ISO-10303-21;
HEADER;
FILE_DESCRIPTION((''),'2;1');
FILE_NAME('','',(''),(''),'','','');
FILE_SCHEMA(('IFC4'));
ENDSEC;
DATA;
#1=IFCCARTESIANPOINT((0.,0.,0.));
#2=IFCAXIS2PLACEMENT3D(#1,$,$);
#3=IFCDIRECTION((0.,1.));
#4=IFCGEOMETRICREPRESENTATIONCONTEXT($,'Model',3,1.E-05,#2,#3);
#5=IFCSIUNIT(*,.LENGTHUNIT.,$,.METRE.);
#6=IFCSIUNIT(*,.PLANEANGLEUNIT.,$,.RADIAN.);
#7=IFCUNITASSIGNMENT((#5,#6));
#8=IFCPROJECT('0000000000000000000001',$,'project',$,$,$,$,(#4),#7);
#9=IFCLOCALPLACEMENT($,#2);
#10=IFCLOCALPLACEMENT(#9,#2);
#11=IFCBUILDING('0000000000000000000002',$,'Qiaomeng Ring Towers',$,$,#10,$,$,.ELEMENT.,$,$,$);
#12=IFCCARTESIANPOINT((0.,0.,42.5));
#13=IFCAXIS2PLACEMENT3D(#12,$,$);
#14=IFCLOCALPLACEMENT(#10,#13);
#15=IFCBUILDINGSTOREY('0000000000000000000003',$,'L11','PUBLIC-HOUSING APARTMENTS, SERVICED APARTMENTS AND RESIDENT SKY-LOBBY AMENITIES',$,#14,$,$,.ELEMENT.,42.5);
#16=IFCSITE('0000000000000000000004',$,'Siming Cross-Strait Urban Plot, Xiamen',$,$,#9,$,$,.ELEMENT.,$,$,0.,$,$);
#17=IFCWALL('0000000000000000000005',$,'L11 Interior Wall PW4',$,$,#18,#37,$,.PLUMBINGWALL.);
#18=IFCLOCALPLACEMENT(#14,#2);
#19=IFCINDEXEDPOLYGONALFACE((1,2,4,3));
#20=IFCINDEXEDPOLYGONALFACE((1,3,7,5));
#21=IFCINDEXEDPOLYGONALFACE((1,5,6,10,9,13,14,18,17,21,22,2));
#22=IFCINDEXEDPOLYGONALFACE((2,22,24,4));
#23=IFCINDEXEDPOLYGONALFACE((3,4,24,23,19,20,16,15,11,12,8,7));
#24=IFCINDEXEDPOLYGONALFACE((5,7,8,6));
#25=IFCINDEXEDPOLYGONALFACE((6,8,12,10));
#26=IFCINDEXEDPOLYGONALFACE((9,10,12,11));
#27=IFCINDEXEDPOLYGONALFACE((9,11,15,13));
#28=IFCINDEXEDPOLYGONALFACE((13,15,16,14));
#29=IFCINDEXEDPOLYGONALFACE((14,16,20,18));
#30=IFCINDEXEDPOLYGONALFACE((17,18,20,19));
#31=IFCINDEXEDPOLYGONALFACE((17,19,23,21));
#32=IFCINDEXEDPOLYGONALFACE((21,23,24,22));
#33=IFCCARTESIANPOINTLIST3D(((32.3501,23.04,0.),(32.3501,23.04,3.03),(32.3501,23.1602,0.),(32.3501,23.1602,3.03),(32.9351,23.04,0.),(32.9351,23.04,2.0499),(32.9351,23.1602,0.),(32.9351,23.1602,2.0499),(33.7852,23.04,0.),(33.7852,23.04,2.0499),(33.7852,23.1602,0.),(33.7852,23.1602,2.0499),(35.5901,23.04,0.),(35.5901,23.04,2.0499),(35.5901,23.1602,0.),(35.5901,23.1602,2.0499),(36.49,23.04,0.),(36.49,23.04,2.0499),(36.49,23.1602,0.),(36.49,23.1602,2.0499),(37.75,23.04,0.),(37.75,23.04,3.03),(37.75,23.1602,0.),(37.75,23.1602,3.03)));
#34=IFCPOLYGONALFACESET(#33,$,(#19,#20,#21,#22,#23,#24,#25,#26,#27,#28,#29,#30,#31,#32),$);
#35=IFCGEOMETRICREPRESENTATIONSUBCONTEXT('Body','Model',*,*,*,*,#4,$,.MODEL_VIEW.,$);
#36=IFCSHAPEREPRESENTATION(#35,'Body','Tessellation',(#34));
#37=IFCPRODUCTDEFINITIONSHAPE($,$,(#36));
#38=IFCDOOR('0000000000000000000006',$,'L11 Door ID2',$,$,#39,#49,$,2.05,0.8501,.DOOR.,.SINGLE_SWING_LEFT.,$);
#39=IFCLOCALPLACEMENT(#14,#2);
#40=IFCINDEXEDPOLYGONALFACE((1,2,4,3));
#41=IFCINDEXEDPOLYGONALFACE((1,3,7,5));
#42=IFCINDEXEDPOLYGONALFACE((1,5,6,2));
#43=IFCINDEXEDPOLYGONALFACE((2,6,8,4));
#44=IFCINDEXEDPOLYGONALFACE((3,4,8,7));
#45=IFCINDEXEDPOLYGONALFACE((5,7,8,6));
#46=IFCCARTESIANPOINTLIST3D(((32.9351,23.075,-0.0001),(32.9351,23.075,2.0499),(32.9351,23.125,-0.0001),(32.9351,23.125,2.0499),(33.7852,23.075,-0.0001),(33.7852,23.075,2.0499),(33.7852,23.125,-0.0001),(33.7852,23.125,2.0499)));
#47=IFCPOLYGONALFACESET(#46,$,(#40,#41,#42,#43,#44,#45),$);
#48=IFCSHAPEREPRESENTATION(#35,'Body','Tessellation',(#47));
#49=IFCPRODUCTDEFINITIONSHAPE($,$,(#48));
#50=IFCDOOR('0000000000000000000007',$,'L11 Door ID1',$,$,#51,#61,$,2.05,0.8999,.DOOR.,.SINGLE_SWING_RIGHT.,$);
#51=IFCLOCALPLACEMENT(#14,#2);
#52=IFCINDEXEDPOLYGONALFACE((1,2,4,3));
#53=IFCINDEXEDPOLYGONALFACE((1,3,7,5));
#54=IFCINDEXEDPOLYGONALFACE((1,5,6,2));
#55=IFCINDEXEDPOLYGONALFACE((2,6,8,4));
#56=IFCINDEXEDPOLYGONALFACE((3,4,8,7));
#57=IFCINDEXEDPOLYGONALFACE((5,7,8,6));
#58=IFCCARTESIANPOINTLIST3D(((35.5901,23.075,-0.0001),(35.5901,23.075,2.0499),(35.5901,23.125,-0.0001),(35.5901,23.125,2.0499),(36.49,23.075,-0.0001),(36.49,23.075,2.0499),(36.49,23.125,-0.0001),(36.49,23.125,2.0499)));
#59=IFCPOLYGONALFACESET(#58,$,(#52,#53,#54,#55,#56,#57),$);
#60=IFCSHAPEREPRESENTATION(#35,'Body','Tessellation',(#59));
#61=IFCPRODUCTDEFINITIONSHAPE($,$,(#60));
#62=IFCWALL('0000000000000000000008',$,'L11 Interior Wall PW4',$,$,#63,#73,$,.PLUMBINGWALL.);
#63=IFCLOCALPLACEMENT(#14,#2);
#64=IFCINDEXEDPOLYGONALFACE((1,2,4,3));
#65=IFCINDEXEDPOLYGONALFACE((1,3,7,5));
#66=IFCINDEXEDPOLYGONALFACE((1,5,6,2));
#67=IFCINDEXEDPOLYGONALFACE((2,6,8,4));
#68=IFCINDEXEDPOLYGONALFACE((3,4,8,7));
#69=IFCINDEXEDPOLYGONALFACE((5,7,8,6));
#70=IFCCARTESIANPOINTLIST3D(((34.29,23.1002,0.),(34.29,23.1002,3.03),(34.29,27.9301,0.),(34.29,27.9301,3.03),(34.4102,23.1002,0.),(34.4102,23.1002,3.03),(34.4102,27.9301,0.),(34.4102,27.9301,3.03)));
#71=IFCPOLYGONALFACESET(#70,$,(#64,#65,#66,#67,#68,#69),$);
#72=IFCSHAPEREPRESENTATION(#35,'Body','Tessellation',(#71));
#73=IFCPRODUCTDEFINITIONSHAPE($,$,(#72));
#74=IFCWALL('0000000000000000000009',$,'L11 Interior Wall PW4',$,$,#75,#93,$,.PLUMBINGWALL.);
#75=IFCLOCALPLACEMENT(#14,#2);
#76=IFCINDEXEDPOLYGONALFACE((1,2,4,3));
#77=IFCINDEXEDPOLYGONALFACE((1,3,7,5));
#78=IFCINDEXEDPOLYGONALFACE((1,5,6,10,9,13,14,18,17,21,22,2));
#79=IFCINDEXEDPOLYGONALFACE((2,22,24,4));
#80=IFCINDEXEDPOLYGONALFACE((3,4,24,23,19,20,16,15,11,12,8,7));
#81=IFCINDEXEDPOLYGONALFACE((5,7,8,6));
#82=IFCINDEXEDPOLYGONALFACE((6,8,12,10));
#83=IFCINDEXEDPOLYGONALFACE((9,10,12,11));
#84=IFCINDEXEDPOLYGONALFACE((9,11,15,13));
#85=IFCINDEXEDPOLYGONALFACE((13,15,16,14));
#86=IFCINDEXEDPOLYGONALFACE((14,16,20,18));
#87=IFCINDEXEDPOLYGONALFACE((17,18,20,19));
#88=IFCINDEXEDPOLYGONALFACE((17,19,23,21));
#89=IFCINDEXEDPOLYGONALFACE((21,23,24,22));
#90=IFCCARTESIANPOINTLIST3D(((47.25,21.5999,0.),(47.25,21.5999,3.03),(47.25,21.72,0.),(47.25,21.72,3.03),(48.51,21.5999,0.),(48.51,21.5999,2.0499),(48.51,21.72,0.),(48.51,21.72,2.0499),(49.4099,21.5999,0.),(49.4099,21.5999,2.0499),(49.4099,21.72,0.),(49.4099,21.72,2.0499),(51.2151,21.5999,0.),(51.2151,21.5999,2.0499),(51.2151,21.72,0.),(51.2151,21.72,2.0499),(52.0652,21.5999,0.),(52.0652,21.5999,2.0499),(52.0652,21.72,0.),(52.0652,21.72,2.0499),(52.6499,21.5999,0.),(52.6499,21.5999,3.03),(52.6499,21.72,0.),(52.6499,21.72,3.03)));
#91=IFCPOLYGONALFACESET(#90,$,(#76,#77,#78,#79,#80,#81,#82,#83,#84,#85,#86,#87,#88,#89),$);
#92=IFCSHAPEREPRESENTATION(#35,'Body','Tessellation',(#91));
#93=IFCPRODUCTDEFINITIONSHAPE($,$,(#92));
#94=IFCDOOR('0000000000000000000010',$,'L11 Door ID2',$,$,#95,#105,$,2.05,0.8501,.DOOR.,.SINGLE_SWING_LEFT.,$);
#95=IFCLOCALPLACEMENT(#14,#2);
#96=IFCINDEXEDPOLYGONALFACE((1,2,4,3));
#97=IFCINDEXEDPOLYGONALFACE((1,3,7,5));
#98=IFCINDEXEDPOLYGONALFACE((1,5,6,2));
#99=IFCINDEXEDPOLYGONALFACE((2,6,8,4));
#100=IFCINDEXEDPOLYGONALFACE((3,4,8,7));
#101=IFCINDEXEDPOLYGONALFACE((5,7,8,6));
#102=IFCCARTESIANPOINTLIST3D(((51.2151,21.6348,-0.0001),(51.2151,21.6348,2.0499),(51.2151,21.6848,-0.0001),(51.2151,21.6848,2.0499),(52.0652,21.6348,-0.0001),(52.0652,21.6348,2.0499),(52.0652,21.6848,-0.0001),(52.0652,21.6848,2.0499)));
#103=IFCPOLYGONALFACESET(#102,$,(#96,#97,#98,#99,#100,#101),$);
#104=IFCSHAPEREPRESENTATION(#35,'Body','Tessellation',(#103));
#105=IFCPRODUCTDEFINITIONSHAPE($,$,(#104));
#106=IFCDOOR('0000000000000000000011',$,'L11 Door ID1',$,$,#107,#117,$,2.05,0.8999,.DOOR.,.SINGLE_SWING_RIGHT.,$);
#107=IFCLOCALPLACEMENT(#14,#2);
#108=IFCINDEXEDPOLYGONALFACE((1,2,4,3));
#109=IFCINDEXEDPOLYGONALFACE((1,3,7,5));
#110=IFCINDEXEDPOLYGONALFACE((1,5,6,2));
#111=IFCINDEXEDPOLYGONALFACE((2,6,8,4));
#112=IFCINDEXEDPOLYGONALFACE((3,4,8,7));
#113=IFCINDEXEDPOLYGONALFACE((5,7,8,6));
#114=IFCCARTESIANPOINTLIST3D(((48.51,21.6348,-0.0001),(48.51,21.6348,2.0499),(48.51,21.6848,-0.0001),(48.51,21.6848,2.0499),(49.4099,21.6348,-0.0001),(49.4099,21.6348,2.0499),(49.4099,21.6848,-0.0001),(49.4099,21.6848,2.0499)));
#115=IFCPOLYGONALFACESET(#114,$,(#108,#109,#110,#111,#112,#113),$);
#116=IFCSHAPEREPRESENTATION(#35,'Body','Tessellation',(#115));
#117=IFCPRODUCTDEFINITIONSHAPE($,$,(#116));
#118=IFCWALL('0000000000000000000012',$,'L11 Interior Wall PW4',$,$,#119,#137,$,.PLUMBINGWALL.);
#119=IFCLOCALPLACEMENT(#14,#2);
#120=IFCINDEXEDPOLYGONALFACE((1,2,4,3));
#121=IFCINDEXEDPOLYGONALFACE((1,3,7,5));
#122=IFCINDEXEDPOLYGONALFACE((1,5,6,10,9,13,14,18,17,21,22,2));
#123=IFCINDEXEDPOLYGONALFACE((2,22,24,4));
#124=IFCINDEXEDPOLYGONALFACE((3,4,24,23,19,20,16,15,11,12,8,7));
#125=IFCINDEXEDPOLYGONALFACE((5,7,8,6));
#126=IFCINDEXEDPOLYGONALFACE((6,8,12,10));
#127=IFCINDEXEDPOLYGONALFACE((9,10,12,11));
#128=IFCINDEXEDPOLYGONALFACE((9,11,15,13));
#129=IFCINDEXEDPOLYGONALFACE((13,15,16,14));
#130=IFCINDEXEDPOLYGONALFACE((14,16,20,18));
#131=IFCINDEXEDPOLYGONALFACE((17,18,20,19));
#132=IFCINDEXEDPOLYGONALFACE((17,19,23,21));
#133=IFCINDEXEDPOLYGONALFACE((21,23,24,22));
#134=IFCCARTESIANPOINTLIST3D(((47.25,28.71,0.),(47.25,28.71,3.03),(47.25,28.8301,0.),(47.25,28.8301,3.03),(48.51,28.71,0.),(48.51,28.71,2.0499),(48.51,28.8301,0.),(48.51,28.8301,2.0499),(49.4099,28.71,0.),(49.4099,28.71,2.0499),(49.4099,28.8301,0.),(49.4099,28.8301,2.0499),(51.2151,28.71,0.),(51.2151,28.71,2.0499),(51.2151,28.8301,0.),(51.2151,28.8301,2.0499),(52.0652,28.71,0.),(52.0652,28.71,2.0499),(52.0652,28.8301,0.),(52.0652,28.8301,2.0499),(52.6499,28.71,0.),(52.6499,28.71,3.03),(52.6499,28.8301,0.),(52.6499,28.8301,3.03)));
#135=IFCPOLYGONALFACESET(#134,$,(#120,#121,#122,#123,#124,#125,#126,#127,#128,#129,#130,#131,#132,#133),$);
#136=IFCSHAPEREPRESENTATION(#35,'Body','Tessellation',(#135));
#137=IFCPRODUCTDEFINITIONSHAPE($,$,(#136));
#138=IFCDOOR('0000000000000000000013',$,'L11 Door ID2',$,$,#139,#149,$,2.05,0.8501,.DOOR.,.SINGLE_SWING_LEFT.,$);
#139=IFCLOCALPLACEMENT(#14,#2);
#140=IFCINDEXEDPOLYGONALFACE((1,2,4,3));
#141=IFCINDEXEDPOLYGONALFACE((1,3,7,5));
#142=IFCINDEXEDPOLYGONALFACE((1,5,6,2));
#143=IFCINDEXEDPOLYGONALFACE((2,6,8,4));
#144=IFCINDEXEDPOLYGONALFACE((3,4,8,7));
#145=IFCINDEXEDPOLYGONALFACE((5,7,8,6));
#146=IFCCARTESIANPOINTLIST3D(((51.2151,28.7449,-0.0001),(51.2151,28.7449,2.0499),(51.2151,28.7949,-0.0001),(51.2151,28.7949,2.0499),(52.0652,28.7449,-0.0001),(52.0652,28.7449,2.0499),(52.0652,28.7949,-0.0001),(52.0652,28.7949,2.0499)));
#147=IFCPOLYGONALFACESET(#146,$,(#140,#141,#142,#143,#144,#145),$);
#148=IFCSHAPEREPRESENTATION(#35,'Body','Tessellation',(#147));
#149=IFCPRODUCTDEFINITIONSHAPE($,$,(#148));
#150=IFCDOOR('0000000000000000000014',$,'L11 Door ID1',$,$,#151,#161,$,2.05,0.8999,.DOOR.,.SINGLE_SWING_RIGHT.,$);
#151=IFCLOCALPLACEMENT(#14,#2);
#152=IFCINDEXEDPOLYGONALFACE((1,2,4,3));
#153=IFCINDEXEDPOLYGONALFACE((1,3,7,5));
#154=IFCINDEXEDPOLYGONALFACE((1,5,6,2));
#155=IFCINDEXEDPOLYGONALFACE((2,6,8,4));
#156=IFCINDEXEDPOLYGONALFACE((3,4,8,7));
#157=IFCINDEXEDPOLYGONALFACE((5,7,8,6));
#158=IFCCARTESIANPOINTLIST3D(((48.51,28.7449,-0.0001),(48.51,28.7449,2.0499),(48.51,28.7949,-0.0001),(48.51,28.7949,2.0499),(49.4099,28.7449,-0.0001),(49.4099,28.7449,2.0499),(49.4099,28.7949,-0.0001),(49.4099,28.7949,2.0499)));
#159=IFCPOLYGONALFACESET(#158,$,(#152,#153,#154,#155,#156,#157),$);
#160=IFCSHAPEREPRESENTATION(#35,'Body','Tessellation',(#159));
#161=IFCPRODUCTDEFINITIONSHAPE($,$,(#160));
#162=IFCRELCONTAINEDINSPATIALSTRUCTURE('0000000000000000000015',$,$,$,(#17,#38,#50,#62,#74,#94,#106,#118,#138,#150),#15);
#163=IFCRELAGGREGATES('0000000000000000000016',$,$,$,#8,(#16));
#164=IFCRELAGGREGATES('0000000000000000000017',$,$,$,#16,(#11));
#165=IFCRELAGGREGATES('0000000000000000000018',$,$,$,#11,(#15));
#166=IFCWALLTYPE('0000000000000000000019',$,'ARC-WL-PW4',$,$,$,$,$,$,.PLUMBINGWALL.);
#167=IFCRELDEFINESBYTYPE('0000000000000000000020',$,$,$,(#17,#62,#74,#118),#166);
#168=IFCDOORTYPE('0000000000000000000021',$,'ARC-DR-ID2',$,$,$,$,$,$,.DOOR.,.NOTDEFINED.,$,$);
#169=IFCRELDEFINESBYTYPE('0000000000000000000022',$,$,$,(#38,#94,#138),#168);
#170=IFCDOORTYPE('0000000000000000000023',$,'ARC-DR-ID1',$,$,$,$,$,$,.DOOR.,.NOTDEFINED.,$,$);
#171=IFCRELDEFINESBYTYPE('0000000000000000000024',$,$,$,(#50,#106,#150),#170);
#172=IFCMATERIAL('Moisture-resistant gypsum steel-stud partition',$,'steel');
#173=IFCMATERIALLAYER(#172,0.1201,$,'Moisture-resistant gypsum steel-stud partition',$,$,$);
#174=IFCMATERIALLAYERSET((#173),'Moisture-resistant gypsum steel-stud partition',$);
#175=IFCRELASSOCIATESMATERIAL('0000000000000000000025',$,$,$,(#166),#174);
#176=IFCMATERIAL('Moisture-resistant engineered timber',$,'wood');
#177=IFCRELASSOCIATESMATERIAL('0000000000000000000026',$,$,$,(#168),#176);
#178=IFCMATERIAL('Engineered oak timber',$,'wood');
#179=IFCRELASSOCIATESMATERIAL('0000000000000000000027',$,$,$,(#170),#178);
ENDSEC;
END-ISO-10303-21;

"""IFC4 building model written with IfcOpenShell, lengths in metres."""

from ifc_helpers import new_model, si_unit, direction, frame, frame_2d, origin, place, context, subcontext, project, spatial, rectangle, extrude, source, transform, mapped, material, layer, layer_set, type_object, element, fill, save


model = new_model("IFC4")

# Units and contexts
model_context = context("Model", 3, precision=1e-05, world=origin(), true_north=direction((0.0, 1.0)))
body_context = subcontext(model_context, "Body", "Model", "MODEL_VIEW")
ifc_project = project(units=[si_unit("LENGTHUNIT", "METRE"), si_unit("PLANEANGLEUNIT", "RADIAN")], contexts=[model_context])

# Site, building, storey
site_placement = place(None, origin())
site = spatial("IfcSite", under=ifc_project, at=site_placement, Name="Siming Cross-Strait Urban Plot, Xiamen", CompositionType="ELEMENT", RefElevation=0.0)
building_placement = place(site_placement, origin())
building = spatial("IfcBuilding", under=site, at=building_placement, Name="Qiaomeng Ring Towers", CompositionType="ELEMENT")
storey_placement = place(building_placement, frame((0.0, 0.0, 42.5)))
storey = spatial("IfcBuildingStorey", under=building, at=storey_placement, Name="L11", Description="PUBLIC-HOUSING APARTMENTS, SERVICED APARTMENTS AND RESIDENT SKY-LOBBY AMENITIES", CompositionType="ELEMENT", Elevation=42.5)

# Wall, openings, doors
ifc_material_1 = material(Name="Moisture-resistant gypsum steel-stud partition", Category="steel")
ifc_layer_1 = layer(ifc_material_1, 0.1201, Name="Moisture-resistant gypsum steel-stud partition")
ifc_layer_set_1 = layer_set([ifc_layer_1], Name="Moisture-resistant gypsum steel-stud partition")
wall_type_1 = type_object("IfcWallType", Name="ARC-WL-PW4", PredefinedType="PLUMBINGWALL", material=ifc_layer_set_1)
wall_1_placement = place(storey_placement, frame((32.3501, 23.1001, 0.0), z_axis=(0.0, 0.0, 1.0), x_axis=(1.0, 0.0, 0.0)))
wall_1 = element("IfcWall", 1, at=wall_1_placement, inside=storey, type_object=wall_type_1, Name="L11 Interior Wall PW4", PredefinedType="PLUMBINGWALL", context=body_context, shape_type="SweptSolid", body=[
    extrude(rectangle(XDim=5.3999, YDim=0.1201, at=frame_2d((2.7, 0.0))), origin(), (0.0, 0.0, 1.0), 3.03),
])
opening_1_placement = place(wall_1_placement, frame((0.585, 0.0, 0.0)))
opening_1 = element("IfcOpeningElement", 2, at=opening_1_placement, cuts=wall_1, PredefinedType="OPENING", context=body_context, shape_type="SweptSolid", body=[
    extrude(rectangle(XDim=0.8501, YDim=2.05, at=frame_2d((0.425, 1.0249))), frame((0.0, 0.0701, 0.0), z_axis=(0.0, -1.0, 0.0), x_axis=(1.0, 0.0, 0.0)), (0.0, 0.0, 1.0), 0.1401),
])
opening_2_placement = place(wall_1_placement, frame((3.24, 0.0, 0.0)))
opening_2 = element("IfcOpeningElement", 3, at=opening_2_placement, cuts=wall_1, PredefinedType="OPENING", context=body_context, shape_type="SweptSolid", body=[
    extrude(rectangle(XDim=0.8999, YDim=2.05, at=frame_2d((0.45, 1.0249))), frame((0.0, 0.0701, 0.0), z_axis=(0.0, -1.0, 0.0), x_axis=(1.0, 0.0, 0.0)), (0.0, 0.0, 1.0), 0.1401),
])
ifc_material_2 = material(Name="Moisture-resistant engineered timber", Category="wood")
door_type_1 = type_object("IfcDoorType", Name="ARC-DR-ID2", OperationType="NOTDEFINED", PredefinedType="DOOR", material=ifc_material_2)
shared_shape_1 = source(origin(), body_context, "Body", "SweptSolid", [
    extrude(rectangle(XDim=0.8501, YDim=2.05, at=frame_2d((0.425, 1.0249))), frame((0.0, 0.0249, 0.0), z_axis=(0.0, -1.0, 0.0), x_axis=(1.0, 0.0, 0.0)), (0.0, 0.0, 1.0), 0.05),
])
door_1_placement = place(opening_1_placement, origin())
door_1 = element("IfcDoor", 4, at=door_1_placement, inside=storey, type_object=door_type_1, Name="L11 Door ID2", OperationType="SINGLE_SWING_LEFT", OverallHeight=2.05, OverallWidth=0.8501, PredefinedType="DOOR", context=body_context, shape_type="MappedRepresentation", body=[
    mapped(shared_shape_1, transform((0.0, 0.0, 0.0), x_axis=(1.0, 0.0, 0.0), y_axis=(0.0, 1.0, 0.0), z_axis=(0.0, 0.0, 1.0), scale=1.0)),
])
fill(opening_1, door_1)
ifc_material_3 = material(Name="Engineered oak timber", Category="wood")
door_type_2 = type_object("IfcDoorType", Name="ARC-DR-ID1", OperationType="NOTDEFINED", PredefinedType="DOOR", material=ifc_material_3)
shared_shape_2 = source(origin(), body_context, "Body", "SweptSolid", [
    extrude(rectangle(XDim=0.8999, YDim=2.05, at=frame_2d((0.45, 1.0249))), frame((0.0, 0.0249, 0.0), z_axis=(0.0, -1.0, 0.0), x_axis=(1.0, 0.0, 0.0)), (0.0, 0.0, 1.0), 0.05),
])
door_2_placement = place(opening_2_placement, origin())
door_2 = element("IfcDoor", 5, at=door_2_placement, inside=storey, type_object=door_type_2, Name="L11 Door ID1", OperationType="SINGLE_SWING_RIGHT", OverallHeight=2.05, OverallWidth=0.8999, PredefinedType="DOOR", context=body_context, shape_type="MappedRepresentation", body=[
    mapped(shared_shape_2, transform((0.0, 0.0, 0.0), x_axis=(1.0, 0.0, 0.0), y_axis=(0.0, 1.0, 0.0), z_axis=(0.0, 0.0, 1.0), scale=1.0)),
])
fill(opening_2, door_2)

# Wall
wall_2_placement = place(storey_placement, frame((34.3501, 23.1001, 0.0), z_axis=(0.0, 0.0, 1.0), x_axis=(0.0, 1.0, 0.0)))
element("IfcWall", 6, at=wall_2_placement, inside=storey, type_object=wall_type_1, Name="L11 Interior Wall PW4", PredefinedType="PLUMBINGWALL", context=body_context, shape_type="SweptSolid", body=[
    extrude(rectangle(XDim=4.8298, YDim=0.1201, at=frame_2d((2.415, 0.0))), origin(), (0.0, 0.0, 1.0), 3.03),
])

# Walls, openings, doors
wall_3_placement = place(storey_placement, frame((47.25, 21.6599, 0.0), z_axis=(0.0, 0.0, 1.0), x_axis=(1.0, 0.0, 0.0)))
wall_3 = element("IfcWall", 7, at=wall_3_placement, inside=storey, type_object=wall_type_1, Name="L11 Interior Wall PW4", PredefinedType="PLUMBINGWALL", context=body_context, shape_type="SweptSolid", body=[
    extrude(rectangle(XDim=5.3999, YDim=0.1201, at=frame_2d((2.7, 0.0))), origin(), (0.0, 0.0, 1.0), 3.03),
])
opening_3_placement = place(wall_3_placement, frame((1.26, 0.0, 0.0)))
opening_3 = element("IfcOpeningElement", 8, at=opening_3_placement, cuts=wall_3, PredefinedType="OPENING", context=body_context, shape_type="SweptSolid", body=[
    extrude(rectangle(XDim=0.8999, YDim=2.05, at=frame_2d((0.45, 1.0249))), frame((0.0, 0.0701, 0.0), z_axis=(0.0, -1.0, 0.0), x_axis=(1.0, 0.0, 0.0)), (0.0, 0.0, 1.0), 0.1401),
])
opening_4_placement = place(wall_3_placement, frame((3.9651, 0.0, 0.0)))
opening_4 = element("IfcOpeningElement", 9, at=opening_4_placement, cuts=wall_3, PredefinedType="OPENING", context=body_context, shape_type="SweptSolid", body=[
    extrude(rectangle(XDim=0.8501, YDim=2.05, at=frame_2d((0.425, 1.0249))), frame((0.0, 0.0701, 0.0), z_axis=(0.0, -1.0, 0.0), x_axis=(1.0, 0.0, 0.0)), (0.0, 0.0, 1.0), 0.1401),
])
door_3_placement = place(opening_4_placement, origin())
door_3 = element("IfcDoor", 10, at=door_3_placement, inside=storey, type_object=door_type_1, Name="L11 Door ID2", OperationType="SINGLE_SWING_LEFT", OverallHeight=2.05, OverallWidth=0.8501, PredefinedType="DOOR", context=body_context, shape_type="MappedRepresentation", body=[
    mapped(shared_shape_1, transform((0.0, 0.0, 0.0), x_axis=(1.0, 0.0, 0.0), y_axis=(0.0, 1.0, 0.0), z_axis=(0.0, 0.0, 1.0), scale=1.0)),
])
fill(opening_4, door_3)
door_4_placement = place(opening_3_placement, origin())
door_4 = element("IfcDoor", 11, at=door_4_placement, inside=storey, type_object=door_type_2, Name="L11 Door ID1", OperationType="SINGLE_SWING_RIGHT", OverallHeight=2.05, OverallWidth=0.8999, PredefinedType="DOOR", context=body_context, shape_type="MappedRepresentation", body=[
    mapped(shared_shape_2, transform((0.0, 0.0, 0.0), x_axis=(1.0, 0.0, 0.0), y_axis=(0.0, 1.0, 0.0), z_axis=(0.0, 0.0, 1.0), scale=1.0)),
])
fill(opening_3, door_4)
wall_4_placement = place(storey_placement, frame((47.25, 28.77, 0.0), z_axis=(0.0, 0.0, 1.0), x_axis=(1.0, 0.0, 0.0)))
wall_4 = element("IfcWall", 12, at=wall_4_placement, inside=storey, type_object=wall_type_1, Name="L11 Interior Wall PW4", PredefinedType="PLUMBINGWALL", context=body_context, shape_type="SweptSolid", body=[
    extrude(rectangle(XDim=5.3999, YDim=0.1201, at=frame_2d((2.7, 0.0))), origin(), (0.0, 0.0, 1.0), 3.03),
])
opening_5_placement = place(wall_4_placement, frame((1.26, 0.0, 0.0)))
opening_5 = element("IfcOpeningElement", 13, at=opening_5_placement, cuts=wall_4, PredefinedType="OPENING", context=body_context, shape_type="SweptSolid", body=[
    extrude(rectangle(XDim=0.8999, YDim=2.05, at=frame_2d((0.45, 1.0249))), frame((0.0, 0.0701, 0.0), z_axis=(0.0, -1.0, 0.0), x_axis=(1.0, 0.0, 0.0)), (0.0, 0.0, 1.0), 0.1401),
])
opening_6_placement = place(wall_4_placement, frame((3.9651, 0.0, 0.0)))
opening_6 = element("IfcOpeningElement", 14, at=opening_6_placement, cuts=wall_4, PredefinedType="OPENING", context=body_context, shape_type="SweptSolid", body=[
    extrude(rectangle(XDim=0.8501, YDim=2.05, at=frame_2d((0.425, 1.0249))), frame((0.0, 0.0701, 0.0), z_axis=(0.0, -1.0, 0.0), x_axis=(1.0, 0.0, 0.0)), (0.0, 0.0, 1.0), 0.1401),
])
door_5_placement = place(opening_6_placement, origin())
door_5 = element("IfcDoor", 15, at=door_5_placement, inside=storey, type_object=door_type_1, Name="L11 Door ID2", OperationType="SINGLE_SWING_LEFT", OverallHeight=2.05, OverallWidth=0.8501, PredefinedType="DOOR", context=body_context, shape_type="MappedRepresentation", body=[
    mapped(shared_shape_1, transform((0.0, 0.0, 0.0), x_axis=(1.0, 0.0, 0.0), y_axis=(0.0, 1.0, 0.0), z_axis=(0.0, 0.0, 1.0), scale=1.0)),
])
fill(opening_6, door_5)
door_6_placement = place(opening_5_placement, origin())
door_6 = element("IfcDoor", 16, at=door_6_placement, inside=storey, type_object=door_type_2, Name="L11 Door ID1", OperationType="SINGLE_SWING_RIGHT", OverallHeight=2.05, OverallWidth=0.8999, PredefinedType="DOOR", context=body_context, shape_type="MappedRepresentation", body=[
    mapped(shared_shape_2, transform((0.0, 0.0, 0.0), x_axis=(1.0, 0.0, 0.0), y_axis=(0.0, 1.0, 0.0), z_axis=(0.0, 0.0, 1.0), scale=1.0)),
])
fill(opening_5, door_6)

save(model, "model.ifc")
